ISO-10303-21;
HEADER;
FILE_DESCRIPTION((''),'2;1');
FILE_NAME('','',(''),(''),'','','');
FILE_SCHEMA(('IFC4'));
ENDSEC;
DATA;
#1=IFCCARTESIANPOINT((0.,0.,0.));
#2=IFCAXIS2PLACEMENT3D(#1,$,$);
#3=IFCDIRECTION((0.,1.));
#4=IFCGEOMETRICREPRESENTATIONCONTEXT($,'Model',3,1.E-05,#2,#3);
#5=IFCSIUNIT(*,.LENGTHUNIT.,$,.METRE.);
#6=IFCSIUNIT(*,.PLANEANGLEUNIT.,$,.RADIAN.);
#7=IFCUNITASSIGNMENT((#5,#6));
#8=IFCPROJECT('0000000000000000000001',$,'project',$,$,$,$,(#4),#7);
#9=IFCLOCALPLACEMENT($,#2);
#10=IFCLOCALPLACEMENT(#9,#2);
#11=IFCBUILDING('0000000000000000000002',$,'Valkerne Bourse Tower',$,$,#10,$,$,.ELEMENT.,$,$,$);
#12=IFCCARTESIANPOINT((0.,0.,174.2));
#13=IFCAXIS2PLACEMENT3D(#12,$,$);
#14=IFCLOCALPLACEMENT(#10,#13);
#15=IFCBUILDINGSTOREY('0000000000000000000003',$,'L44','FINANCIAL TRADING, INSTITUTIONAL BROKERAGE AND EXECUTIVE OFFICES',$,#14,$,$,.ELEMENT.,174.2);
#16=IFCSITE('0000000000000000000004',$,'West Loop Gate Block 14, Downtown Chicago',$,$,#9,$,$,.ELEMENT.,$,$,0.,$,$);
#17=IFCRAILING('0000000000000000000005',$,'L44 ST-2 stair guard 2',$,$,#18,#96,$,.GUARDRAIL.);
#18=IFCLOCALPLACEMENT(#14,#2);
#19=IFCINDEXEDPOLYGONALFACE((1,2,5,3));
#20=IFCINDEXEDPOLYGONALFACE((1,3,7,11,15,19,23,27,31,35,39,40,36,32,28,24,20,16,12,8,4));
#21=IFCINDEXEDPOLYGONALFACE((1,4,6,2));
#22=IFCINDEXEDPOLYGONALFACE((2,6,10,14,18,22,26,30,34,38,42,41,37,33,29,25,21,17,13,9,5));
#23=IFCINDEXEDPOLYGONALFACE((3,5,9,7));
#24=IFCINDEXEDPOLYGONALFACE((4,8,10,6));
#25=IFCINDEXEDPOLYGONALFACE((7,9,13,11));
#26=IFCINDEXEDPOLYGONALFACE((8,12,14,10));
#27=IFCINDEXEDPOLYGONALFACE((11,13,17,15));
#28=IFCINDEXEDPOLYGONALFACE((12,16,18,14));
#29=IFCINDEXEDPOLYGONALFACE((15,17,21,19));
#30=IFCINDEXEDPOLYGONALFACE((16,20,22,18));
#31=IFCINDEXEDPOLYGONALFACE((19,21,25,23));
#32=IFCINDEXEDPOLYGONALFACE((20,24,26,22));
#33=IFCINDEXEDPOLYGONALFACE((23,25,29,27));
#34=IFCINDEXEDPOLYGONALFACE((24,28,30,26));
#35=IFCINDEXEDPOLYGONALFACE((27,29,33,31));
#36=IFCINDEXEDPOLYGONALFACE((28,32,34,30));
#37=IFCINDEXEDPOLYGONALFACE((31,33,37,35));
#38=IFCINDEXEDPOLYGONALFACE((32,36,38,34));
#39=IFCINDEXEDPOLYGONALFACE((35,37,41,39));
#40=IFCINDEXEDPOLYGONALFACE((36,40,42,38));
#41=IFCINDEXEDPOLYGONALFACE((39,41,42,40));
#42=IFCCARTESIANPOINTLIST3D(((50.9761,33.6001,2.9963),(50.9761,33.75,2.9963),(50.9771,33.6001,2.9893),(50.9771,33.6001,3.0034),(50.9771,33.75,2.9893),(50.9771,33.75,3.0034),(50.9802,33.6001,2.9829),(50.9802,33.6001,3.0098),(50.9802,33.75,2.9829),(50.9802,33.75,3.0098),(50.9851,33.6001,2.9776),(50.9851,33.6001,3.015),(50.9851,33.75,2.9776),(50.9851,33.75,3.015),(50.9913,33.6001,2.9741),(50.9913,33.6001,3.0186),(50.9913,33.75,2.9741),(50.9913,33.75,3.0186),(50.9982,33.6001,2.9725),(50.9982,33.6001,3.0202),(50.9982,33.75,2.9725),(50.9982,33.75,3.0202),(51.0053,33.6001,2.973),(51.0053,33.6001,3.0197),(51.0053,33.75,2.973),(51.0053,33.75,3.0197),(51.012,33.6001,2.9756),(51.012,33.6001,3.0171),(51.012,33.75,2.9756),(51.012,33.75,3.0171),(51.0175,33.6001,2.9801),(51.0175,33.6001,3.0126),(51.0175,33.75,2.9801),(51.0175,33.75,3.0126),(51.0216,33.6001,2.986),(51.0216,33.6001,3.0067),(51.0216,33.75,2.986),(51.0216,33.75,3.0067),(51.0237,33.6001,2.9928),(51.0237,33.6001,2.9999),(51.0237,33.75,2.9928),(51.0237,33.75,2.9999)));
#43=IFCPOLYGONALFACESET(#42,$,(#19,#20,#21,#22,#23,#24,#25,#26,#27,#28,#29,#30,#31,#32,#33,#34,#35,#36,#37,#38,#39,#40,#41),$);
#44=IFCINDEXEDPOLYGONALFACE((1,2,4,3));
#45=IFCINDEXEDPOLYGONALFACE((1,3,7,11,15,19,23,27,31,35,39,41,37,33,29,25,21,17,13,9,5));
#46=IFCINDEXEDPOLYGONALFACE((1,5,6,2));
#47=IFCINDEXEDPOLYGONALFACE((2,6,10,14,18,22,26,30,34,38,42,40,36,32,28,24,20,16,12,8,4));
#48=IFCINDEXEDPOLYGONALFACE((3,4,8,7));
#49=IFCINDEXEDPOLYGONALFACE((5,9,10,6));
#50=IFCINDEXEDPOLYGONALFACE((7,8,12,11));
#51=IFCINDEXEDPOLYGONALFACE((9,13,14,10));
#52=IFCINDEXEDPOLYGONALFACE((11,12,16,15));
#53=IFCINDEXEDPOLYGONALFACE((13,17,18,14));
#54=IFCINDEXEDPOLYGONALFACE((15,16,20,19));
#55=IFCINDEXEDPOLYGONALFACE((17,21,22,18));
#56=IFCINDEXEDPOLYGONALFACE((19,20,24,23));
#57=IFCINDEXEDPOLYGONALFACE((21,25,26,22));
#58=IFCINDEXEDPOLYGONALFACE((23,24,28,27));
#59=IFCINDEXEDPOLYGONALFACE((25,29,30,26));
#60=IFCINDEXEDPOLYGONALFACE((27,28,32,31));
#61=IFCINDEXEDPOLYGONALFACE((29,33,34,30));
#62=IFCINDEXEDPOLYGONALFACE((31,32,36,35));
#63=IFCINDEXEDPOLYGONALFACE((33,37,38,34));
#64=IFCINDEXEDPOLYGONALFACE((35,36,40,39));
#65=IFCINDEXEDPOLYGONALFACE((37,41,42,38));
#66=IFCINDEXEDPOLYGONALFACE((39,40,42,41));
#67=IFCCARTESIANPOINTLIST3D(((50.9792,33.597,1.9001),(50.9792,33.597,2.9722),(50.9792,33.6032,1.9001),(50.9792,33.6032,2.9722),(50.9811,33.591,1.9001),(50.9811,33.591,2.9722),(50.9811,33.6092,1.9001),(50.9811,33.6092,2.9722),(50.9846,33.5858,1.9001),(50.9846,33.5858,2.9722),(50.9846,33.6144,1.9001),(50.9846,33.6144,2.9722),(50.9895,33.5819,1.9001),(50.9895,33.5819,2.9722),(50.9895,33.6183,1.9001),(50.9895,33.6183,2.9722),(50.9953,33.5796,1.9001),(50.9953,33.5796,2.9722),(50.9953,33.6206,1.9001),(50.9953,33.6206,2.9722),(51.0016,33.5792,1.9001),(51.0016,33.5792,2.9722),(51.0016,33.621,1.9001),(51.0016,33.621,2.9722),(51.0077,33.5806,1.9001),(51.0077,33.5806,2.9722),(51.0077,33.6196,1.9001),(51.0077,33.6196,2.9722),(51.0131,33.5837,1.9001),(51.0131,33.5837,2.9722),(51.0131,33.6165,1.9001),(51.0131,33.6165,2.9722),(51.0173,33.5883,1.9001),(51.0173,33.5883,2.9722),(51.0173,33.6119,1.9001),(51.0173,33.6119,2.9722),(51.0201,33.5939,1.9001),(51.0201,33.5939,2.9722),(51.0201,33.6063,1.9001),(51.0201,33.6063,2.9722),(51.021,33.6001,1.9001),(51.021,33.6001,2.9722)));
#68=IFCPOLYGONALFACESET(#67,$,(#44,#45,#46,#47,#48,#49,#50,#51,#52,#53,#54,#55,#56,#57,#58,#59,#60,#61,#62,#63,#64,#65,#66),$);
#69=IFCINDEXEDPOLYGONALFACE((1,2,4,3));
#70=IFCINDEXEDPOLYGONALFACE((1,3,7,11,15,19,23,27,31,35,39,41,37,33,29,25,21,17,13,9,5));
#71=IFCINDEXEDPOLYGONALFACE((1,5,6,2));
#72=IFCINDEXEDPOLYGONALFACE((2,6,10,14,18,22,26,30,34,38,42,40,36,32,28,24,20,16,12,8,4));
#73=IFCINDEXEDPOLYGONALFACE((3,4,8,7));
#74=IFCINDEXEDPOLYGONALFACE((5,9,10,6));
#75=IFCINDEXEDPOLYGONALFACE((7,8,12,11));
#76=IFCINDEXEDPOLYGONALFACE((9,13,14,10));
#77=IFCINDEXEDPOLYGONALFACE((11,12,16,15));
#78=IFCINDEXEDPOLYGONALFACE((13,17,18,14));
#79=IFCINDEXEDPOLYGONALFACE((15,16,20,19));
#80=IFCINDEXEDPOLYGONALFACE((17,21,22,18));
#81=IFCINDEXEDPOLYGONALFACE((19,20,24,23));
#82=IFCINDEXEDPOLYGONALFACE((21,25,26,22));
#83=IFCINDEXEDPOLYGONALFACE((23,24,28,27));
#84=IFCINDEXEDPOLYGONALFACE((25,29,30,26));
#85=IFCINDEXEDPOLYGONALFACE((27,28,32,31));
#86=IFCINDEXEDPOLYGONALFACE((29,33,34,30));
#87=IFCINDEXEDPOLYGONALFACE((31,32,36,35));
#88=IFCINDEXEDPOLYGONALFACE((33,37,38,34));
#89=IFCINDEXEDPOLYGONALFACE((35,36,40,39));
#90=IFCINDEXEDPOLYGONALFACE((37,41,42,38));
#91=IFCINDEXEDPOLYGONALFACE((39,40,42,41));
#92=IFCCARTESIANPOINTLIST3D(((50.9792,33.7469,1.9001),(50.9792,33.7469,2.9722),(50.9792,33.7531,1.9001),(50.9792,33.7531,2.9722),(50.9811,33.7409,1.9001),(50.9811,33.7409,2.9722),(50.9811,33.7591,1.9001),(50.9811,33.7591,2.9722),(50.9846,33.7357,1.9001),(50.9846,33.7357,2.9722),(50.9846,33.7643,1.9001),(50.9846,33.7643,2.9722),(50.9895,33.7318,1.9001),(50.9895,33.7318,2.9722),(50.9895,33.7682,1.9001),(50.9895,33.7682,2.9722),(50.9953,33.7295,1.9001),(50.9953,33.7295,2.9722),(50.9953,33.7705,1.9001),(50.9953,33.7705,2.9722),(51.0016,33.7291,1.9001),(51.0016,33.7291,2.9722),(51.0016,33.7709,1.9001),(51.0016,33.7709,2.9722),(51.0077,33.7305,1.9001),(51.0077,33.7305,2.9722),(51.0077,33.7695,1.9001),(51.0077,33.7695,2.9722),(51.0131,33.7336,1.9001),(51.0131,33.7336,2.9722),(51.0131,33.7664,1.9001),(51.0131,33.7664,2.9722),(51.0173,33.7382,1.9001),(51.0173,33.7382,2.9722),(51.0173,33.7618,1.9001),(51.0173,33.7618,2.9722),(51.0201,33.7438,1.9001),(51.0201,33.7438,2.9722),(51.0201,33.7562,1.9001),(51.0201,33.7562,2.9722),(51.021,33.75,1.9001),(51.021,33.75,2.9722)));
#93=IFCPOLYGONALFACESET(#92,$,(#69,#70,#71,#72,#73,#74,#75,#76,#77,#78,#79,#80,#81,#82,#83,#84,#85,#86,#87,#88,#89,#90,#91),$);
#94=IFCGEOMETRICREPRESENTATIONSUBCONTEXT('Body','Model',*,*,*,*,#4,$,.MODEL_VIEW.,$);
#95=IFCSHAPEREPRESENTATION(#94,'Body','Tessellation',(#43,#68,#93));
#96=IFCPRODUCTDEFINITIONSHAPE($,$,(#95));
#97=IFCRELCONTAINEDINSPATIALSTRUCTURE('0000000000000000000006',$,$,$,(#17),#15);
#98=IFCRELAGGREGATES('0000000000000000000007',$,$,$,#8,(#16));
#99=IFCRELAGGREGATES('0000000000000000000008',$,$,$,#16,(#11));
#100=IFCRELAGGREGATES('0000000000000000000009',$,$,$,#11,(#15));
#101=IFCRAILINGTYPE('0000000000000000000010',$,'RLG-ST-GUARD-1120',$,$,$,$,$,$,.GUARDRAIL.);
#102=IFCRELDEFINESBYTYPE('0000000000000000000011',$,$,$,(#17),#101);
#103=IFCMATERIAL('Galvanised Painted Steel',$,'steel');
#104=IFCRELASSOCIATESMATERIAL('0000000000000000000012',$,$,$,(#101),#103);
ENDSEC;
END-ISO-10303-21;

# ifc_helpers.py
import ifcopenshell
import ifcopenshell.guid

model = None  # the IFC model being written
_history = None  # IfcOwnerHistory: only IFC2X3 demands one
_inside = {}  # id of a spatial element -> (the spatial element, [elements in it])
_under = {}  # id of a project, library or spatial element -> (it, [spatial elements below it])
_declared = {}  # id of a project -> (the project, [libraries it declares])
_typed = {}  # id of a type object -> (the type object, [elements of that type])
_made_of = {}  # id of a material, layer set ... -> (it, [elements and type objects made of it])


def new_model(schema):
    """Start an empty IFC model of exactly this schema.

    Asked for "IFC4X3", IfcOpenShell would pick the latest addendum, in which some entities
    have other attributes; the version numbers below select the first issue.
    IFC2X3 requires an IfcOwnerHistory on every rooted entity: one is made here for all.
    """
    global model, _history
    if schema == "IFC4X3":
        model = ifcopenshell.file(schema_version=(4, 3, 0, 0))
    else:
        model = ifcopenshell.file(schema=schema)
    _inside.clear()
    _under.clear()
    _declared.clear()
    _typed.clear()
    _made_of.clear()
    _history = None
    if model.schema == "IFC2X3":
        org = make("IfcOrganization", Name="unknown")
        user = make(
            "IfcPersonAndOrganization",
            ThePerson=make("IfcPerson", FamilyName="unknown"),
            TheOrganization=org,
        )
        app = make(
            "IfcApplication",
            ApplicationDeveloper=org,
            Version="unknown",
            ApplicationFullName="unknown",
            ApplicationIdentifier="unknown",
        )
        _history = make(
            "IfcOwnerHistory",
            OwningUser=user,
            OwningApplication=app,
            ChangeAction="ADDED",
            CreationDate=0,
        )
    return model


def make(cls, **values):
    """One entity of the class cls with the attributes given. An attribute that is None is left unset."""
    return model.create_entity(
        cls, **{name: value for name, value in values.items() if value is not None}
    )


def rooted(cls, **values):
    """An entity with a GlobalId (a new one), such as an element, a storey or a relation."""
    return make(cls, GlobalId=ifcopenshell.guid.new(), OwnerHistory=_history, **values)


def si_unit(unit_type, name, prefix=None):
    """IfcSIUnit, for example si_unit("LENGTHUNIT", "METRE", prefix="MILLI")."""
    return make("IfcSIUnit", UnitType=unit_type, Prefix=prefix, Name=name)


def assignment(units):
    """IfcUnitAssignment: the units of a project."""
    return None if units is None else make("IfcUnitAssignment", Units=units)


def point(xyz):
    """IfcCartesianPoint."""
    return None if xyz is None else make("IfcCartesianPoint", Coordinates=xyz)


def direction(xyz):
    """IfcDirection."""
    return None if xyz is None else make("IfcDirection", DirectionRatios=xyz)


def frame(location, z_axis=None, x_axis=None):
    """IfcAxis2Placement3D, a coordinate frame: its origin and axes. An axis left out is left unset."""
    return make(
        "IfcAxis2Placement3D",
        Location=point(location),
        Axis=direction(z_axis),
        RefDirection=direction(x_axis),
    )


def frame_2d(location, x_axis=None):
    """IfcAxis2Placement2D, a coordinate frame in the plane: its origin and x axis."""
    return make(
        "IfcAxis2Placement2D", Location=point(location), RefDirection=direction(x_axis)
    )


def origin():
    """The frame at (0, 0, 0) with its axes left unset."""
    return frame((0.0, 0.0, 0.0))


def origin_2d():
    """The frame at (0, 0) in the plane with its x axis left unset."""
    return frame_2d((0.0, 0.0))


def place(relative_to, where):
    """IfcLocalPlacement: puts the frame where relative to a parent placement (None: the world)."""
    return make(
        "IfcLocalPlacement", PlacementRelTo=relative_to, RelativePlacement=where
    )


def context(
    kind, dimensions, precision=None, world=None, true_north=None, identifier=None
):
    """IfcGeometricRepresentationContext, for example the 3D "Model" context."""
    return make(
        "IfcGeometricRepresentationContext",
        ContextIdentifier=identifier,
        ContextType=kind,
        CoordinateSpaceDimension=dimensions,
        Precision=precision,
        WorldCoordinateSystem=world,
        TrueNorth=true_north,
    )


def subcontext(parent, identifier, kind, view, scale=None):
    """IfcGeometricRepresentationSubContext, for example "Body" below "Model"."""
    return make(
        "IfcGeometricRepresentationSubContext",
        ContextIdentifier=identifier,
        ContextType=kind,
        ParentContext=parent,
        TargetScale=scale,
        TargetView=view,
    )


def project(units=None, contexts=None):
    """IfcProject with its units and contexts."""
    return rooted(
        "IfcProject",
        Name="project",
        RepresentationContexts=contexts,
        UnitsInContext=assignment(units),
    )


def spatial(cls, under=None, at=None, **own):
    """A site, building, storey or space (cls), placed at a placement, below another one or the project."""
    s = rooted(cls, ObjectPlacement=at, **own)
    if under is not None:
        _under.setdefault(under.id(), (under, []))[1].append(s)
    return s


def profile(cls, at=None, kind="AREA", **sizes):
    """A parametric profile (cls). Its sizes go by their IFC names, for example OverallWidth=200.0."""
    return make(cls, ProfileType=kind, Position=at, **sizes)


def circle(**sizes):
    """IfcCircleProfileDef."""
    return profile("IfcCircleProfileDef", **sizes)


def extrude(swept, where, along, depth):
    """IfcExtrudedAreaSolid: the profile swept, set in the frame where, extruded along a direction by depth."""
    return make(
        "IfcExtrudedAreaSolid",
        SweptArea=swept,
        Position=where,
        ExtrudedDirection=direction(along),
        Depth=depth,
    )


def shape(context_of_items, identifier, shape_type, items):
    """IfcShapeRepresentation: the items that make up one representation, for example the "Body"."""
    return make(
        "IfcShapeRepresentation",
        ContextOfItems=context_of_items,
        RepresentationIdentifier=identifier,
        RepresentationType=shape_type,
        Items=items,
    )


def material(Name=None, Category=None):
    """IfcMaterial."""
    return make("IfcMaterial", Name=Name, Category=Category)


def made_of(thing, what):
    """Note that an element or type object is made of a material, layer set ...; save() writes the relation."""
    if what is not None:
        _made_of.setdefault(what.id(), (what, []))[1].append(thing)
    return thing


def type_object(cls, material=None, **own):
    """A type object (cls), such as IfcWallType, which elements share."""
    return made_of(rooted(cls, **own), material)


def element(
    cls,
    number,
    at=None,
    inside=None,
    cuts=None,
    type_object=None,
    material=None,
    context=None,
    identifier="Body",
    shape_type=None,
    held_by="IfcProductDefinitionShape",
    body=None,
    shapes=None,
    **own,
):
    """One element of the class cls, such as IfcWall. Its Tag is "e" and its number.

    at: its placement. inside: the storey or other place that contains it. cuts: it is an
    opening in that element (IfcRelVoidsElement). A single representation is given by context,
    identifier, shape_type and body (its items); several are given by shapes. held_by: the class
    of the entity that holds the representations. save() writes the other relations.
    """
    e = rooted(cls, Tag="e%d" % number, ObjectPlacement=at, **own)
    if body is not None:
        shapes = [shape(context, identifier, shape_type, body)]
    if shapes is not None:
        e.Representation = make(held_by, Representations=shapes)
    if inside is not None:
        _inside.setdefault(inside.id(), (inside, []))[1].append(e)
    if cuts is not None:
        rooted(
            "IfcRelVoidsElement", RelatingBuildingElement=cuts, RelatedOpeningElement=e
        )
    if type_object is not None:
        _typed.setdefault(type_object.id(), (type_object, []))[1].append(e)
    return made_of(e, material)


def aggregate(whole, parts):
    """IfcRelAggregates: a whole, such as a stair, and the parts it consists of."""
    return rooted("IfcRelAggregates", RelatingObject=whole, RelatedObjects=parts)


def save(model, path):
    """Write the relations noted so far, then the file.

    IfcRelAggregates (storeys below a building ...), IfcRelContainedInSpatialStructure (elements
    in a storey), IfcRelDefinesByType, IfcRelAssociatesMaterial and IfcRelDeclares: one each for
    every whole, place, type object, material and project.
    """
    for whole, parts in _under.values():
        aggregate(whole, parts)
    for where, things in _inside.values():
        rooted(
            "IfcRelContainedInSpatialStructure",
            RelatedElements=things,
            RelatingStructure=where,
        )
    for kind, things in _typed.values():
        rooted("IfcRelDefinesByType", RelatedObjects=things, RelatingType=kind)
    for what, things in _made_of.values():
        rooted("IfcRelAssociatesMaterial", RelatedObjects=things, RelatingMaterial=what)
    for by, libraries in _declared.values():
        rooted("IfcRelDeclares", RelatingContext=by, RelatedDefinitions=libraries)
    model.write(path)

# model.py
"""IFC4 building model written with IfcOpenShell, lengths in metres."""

from ifc_helpers import new_model, si_unit, direction, frame, origin, origin_2d, place, context, subcontext, project, spatial, circle, extrude, material, type_object, element, save


model = new_model("IFC4")

# Units and contexts
model_context = context("Model", 3, precision=1e-05, world=origin(), true_north=direction((0.0, 1.0)))
body_context = subcontext(model_context, "Body", "Model", "MODEL_VIEW")
ifc_project = project(units=[si_unit("LENGTHUNIT", "METRE"), si_unit("PLANEANGLEUNIT", "RADIAN")], contexts=[model_context])

# Site, building, storey
site_placement = place(None, origin())
site = spatial("IfcSite", under=ifc_project, at=site_placement, Name="West Loop Gate Block 14, Downtown Chicago", CompositionType="ELEMENT", RefElevation=0.0)
building_placement = place(site_placement, origin())
building = spatial("IfcBuilding", under=site, at=building_placement, Name="Valkerne Bourse Tower", CompositionType="ELEMENT")
storey_placement = place(building_placement, frame((0.0, 0.0, 174.2)))
storey = spatial("IfcBuildingStorey", under=building, at=storey_placement, Name="L44", Description="FINANCIAL TRADING, INSTITUTIONAL BROKERAGE AND EXECUTIVE OFFICES", CompositionType="ELEMENT", Elevation=174.2)

# Railing
ifc_material_1 = material(Name="Galvanised Painted Steel", Category="steel")
railing_type = type_object("IfcRailingType", Name="RLG-ST-GUARD-1120", PredefinedType="GUARDRAIL", material=ifc_material_1)
railing_1_placement = place(storey_placement, frame((51.0, 33.6001, 1.9001)))
element("IfcRailing", 1, at=railing_1_placement, inside=storey, type_object=railing_type, Name="L44 ST-2 stair guard 2", PredefinedType="GUARDRAIL", context=body_context, shape_type="SweptSolid", body=[
    extrude(circle(Radius=0.0239, at=origin_2d()), frame((0.0, 0.0, 1.0962), z_axis=(0.0, 1.0, 0.0), x_axis=(-1.0, 0.0, 0.0)), (0.0, 0.0, 1.0), 0.1499),
    extrude(circle(Radius=0.021, at=origin_2d()), origin(), (0.0, 0.0, 1.0), 1.072),
    extrude(circle(Radius=0.021, at=origin_2d()), frame((0.0, 0.1499, 0.0)), (0.0, 0.0, 1.0), 1.072),
])

save(model, "model.ifc")
